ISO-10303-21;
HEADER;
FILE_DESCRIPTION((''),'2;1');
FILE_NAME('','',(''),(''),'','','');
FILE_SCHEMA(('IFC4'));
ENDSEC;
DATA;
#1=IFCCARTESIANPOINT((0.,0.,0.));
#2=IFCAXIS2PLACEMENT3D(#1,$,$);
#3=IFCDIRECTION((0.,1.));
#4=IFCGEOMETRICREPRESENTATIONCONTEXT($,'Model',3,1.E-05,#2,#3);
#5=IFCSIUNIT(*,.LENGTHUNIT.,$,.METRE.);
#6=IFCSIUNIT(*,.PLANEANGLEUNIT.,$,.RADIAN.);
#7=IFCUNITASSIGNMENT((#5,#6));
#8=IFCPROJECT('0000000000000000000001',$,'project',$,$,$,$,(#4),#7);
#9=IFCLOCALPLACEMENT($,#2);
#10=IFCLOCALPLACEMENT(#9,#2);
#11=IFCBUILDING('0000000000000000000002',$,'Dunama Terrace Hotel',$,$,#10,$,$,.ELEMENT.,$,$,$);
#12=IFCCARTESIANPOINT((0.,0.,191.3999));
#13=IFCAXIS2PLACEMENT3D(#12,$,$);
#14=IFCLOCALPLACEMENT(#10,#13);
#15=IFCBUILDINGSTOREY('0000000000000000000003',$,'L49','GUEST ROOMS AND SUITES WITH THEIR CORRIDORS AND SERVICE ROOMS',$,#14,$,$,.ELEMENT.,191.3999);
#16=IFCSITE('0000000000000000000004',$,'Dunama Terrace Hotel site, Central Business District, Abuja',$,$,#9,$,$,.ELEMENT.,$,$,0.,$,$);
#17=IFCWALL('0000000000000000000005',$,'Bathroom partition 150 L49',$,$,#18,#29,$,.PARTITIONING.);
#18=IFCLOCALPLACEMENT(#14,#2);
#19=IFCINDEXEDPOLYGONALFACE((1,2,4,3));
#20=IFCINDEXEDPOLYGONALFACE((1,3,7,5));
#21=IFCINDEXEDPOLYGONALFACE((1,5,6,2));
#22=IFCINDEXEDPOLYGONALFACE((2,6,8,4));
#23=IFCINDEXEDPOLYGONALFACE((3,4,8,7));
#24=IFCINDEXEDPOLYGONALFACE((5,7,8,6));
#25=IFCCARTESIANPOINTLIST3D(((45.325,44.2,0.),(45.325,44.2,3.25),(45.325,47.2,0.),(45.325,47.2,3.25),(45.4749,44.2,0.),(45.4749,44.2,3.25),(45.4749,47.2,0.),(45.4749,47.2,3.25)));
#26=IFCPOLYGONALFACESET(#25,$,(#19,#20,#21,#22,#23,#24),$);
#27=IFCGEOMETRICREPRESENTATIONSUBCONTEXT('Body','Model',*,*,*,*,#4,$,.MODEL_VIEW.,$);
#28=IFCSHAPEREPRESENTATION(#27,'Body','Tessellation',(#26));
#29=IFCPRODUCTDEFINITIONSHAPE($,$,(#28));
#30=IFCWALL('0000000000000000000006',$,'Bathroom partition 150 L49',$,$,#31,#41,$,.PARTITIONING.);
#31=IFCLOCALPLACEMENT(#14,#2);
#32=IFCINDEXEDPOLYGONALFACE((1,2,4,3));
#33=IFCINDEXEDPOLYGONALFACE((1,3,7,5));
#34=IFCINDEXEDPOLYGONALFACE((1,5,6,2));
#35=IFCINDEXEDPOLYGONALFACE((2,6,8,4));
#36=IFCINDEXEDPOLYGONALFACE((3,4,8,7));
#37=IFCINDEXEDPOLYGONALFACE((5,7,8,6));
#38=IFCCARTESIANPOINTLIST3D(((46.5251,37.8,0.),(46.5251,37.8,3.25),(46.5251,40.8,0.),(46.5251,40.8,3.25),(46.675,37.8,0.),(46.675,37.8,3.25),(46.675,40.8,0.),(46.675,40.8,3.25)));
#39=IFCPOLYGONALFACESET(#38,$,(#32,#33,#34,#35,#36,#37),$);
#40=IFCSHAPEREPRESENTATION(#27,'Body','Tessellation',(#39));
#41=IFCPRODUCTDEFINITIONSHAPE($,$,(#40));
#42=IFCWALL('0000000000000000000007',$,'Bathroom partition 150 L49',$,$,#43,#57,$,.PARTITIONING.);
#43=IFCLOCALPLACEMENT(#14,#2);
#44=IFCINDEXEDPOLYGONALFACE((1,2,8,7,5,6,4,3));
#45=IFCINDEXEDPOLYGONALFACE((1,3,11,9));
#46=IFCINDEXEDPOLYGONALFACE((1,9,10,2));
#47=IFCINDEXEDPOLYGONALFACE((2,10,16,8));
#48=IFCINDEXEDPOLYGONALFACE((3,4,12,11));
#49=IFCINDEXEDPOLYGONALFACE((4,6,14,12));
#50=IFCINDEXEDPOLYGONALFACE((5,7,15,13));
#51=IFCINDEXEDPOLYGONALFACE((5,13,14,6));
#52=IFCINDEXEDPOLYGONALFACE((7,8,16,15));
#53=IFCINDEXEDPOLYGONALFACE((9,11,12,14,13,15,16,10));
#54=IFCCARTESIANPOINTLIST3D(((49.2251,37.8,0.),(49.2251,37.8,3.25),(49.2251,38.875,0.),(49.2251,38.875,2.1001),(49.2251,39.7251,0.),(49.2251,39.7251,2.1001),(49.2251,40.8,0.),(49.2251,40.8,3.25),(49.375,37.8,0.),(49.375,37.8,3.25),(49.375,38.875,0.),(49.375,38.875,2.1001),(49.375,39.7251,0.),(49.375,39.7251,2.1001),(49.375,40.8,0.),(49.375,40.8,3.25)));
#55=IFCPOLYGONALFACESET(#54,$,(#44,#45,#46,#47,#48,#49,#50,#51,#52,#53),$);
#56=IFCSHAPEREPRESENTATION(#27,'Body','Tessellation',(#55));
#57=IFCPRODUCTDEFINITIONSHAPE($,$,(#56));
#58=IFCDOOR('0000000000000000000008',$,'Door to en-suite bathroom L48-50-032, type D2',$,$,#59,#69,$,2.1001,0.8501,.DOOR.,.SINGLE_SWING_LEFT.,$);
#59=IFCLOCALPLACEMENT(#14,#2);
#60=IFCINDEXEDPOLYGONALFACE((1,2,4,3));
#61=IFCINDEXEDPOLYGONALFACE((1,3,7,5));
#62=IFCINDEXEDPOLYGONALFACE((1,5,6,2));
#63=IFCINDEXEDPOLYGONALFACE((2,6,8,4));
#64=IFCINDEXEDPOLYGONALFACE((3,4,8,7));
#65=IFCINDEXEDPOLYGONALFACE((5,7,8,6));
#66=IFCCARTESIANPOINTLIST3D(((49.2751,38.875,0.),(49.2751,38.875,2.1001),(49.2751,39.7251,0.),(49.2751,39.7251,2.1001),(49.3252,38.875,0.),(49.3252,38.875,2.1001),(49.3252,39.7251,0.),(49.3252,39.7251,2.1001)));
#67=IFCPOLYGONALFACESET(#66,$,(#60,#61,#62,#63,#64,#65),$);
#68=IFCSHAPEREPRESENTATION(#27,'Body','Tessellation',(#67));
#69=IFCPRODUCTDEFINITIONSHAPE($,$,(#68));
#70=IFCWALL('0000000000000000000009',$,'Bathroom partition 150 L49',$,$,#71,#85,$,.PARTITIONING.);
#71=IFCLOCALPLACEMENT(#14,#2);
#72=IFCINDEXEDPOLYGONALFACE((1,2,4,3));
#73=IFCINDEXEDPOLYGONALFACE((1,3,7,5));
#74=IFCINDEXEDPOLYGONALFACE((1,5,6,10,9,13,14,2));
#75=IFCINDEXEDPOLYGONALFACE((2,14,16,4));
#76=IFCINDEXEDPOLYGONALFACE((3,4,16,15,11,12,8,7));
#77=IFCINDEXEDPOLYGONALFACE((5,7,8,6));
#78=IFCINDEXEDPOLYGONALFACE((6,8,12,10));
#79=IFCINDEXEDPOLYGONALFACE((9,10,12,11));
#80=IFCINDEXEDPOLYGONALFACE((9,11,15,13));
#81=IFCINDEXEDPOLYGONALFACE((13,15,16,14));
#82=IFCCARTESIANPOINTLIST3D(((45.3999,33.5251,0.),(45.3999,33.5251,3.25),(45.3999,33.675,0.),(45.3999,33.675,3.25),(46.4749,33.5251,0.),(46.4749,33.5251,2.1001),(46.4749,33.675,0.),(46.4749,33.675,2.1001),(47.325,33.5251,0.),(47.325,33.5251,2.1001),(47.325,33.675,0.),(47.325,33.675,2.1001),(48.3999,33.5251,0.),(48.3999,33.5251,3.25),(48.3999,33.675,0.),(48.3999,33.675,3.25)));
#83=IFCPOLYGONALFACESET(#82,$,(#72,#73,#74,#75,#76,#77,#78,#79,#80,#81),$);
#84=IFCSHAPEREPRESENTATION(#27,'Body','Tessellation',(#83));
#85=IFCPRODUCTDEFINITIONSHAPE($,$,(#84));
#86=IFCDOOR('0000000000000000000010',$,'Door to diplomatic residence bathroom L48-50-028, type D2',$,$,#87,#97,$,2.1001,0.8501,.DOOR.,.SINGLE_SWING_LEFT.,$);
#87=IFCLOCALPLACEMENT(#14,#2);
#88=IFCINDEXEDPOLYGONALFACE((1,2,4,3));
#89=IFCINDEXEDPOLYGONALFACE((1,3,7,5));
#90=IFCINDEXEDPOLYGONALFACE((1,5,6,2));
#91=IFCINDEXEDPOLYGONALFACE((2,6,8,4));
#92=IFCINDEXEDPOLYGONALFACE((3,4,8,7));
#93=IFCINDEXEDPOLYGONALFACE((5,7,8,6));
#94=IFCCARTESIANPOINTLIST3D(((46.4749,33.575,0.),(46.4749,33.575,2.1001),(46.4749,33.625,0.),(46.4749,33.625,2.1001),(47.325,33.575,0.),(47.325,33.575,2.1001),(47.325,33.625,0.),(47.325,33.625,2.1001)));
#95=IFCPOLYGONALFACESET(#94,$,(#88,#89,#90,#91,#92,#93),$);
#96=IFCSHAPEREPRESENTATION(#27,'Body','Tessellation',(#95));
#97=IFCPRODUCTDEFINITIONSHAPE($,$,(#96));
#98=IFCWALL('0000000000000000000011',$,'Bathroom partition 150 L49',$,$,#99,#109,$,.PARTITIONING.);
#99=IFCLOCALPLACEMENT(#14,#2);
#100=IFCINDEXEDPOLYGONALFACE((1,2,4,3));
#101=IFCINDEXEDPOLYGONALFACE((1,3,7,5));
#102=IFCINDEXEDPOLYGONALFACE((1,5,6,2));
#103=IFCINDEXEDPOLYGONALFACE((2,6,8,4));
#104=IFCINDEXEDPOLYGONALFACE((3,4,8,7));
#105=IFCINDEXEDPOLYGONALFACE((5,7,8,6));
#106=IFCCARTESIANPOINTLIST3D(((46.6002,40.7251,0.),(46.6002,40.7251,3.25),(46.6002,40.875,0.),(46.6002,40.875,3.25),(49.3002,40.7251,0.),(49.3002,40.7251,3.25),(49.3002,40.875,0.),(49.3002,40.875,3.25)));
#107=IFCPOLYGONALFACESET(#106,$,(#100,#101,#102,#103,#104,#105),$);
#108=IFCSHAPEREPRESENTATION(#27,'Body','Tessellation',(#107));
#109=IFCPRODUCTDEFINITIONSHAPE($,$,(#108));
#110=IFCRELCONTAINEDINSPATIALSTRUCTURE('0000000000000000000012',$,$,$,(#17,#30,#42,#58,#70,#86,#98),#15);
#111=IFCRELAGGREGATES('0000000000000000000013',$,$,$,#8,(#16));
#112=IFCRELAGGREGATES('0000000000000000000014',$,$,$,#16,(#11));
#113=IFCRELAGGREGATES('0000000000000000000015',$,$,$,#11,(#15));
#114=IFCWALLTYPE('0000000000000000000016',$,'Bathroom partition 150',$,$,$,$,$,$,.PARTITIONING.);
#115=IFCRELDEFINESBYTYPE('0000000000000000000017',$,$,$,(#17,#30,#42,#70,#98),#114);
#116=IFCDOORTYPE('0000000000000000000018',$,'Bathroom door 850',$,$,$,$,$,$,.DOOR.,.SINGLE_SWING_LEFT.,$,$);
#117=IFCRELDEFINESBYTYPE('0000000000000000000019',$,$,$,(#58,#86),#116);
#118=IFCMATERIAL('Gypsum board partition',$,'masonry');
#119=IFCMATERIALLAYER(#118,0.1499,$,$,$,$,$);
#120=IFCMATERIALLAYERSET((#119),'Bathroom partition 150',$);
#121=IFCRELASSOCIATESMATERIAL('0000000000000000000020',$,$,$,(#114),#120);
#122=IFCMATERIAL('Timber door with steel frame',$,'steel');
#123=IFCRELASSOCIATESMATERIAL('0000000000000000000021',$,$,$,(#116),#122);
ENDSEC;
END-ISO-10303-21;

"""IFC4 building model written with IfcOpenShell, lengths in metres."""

from ifc_helpers import new_model, si_unit, direction, frame, frame_2d, origin, place, context, subcontext, project, spatial, rectangle, extrude, material, layer, layer_set, type_object, element, fill, save


model = new_model("IFC4")

# Units and contexts
model_context = context("Model", 3, precision=1e-05, world=origin(), true_north=direction((0.0, 1.0)))
body_context = subcontext(model_context, "Body", "Model", "MODEL_VIEW")
ifc_project = project(units=[si_unit("LENGTHUNIT", "METRE"), si_unit("PLANEANGLEUNIT", "RADIAN")], contexts=[model_context])

# Site, building, storey
site_placement = place(None, origin())
site = spatial("IfcSite", under=ifc_project, at=site_placement, Name="Dunama Terrace Hotel site, Central Business District, Abuja", CompositionType="ELEMENT", RefElevation=0.0)
building_placement = place(site_placement, origin())
building = spatial("IfcBuilding", under=site, at=building_placement, Name="Dunama Terrace Hotel", CompositionType="ELEMENT")
storey_placement = place(building_placement, frame((0.0, 0.0, 191.3999)))
storey = spatial("IfcBuildingStorey", under=building, at=storey_placement, Name="L49", Description="GUEST ROOMS AND SUITES WITH THEIR CORRIDORS AND SERVICE ROOMS", CompositionType="ELEMENT", Elevation=191.3999)

# Walls
ifc_material_1 = material(Name="Gypsum board partition", Category="masonry")
ifc_layer_1 = layer(ifc_material_1, 0.1499)
ifc_layer_set_1 = layer_set([ifc_layer_1], Name="Bathroom partition 150")
wall_type_1 = type_object("IfcWallType", Name="Bathroom partition 150", PredefinedType="PARTITIONING", material=ifc_layer_set_1)
for number, where, z_axis, x_axis, name in (
    (1, (45.3999, 44.2, 0.0), (0.0, 0.0, 1.0), (0.0, 1.0, 0.0), "Bathroom partition 150 L49"),
    (2, (46.6001, 37.8, 0.0), (0.0, 0.0, 1.0), (0.0, 1.0, 0.0), "Bathroom partition 150 L49"),
):
    element("IfcWall", number, at=place(storey_placement, frame(where, z_axis=z_axis, x_axis=x_axis)), inside=storey, type_object=wall_type_1, Name=name, PredefinedType="PARTITIONING", context=body_context, shape_type="SweptSolid", body=[
        extrude(rectangle(XDim=3.0, YDim=0.1499, at=frame_2d((1.5, 0.0))), origin(), (0.0, 0.0, 1.0), 3.25),
    ])

# Walls, openings, doors
wall_1_placement = place(storey_placement, frame((49.3, 37.8, 0.0), z_axis=(0.0, 0.0, 1.0), x_axis=(0.0, 1.0, 0.0)))
wall_1 = element("IfcWall", 3, at=wall_1_placement, inside=storey, type_object=wall_type_1, Name="Bathroom partition 150 L49", PredefinedType="PARTITIONING", context=body_context, shape_type="SweptSolid", body=[
    extrude(rectangle(XDim=3.0, YDim=0.1499, at=frame_2d((1.5, 0.0))), origin(), (0.0, 0.0, 1.0), 3.25),
])
opening_1_placement = place(wall_1_placement, frame((1.075, 0.0, 0.0)))
opening_1 = element("IfcOpeningElement", 4, at=opening_1_placement, cuts=wall_1, PredefinedType="OPENING", context=body_context, shape_type="SweptSolid", body=[
    extrude(rectangle(XDim=0.8501, YDim=2.1001, at=frame_2d((0.425, 1.05))), frame((0.0, 0.085, 0.0), z_axis=(0.0, -1.0, 0.0), x_axis=(1.0, 0.0, 0.0)), (0.0, 0.0, 1.0), 0.1699),
])
ifc_material_2 = material(Name="Timber door with steel frame", Category="steel")
door_type_1 = type_object("IfcDoorType", Name="Bathroom door 850", OperationType="SINGLE_SWING_LEFT", PredefinedType="DOOR", material=ifc_material_2)
door_1_placement = place(opening_1_placement, origin())
door_1 = element("IfcDoor", 5, at=door_1_placement, inside=storey, type_object=door_type_1, Name="Door to en-suite bathroom L48-50-032, type D2", OperationType="SINGLE_SWING_LEFT", OverallHeight=2.1001, OverallWidth=0.8501, PredefinedType="DOOR", context=body_context, shape_type="SweptSolid", body=[
    extrude(rectangle(XDim=0.8501, YDim=2.1001, at=frame_2d((0.425, 1.05))), frame((0.0, 0.0249, 0.0), z_axis=(0.0, -1.0, 0.0), x_axis=(1.0, 0.0, 0.0)), (0.0, 0.0, 1.0), 0.05),
])
fill(opening_1, door_1)
wall_2_placement = place(storey_placement, frame((45.3999, 33.6001, 0.0), z_axis=(0.0, 0.0, 1.0), x_axis=(1.0, 0.0, 0.0)))
wall_2 = element("IfcWall", 6, at=wall_2_placement, inside=storey, type_object=wall_type_1, Name="Bathroom partition 150 L49", PredefinedType="PARTITIONING", context=body_context, shape_type="SweptSolid", body=[
    extrude(rectangle(XDim=3.0, YDim=0.1499, at=frame_2d((1.5, 0.0))), origin(), (0.0, 0.0, 1.0), 3.25),
])
opening_2_placement = place(wall_2_placement, frame((1.075, 0.0, 0.0)))
opening_2 = element("IfcOpeningElement", 7, at=opening_2_placement, cuts=wall_2, PredefinedType="OPENING", context=body_context, shape_type="SweptSolid", body=[
    extrude(rectangle(XDim=0.8501, YDim=2.1001, at=frame_2d((0.425, 1.05))), frame((0.0, 0.085, 0.0), z_axis=(0.0, -1.0, 0.0), x_axis=(1.0, 0.0, 0.0)), (0.0, 0.0, 1.0), 0.1699),
])
door_2_placement = place(opening_2_placement, origin())
door_2 = element("IfcDoor", 8, at=door_2_placement, inside=storey, type_object=door_type_1, Name="Door to diplomatic residence bathroom L48-50-028, type D2", OperationType="SINGLE_SWING_LEFT", OverallHeight=2.1001, OverallWidth=0.8501, PredefinedType="DOOR", context=body_context, shape_type="SweptSolid", body=[
    extrude(rectangle(XDim=0.8501, YDim=2.1001, at=frame_2d((0.425, 1.05))), frame((0.0, 0.0249, 0.0), z_axis=(0.0, -1.0, 0.0), x_axis=(1.0, 0.0, 0.0)), (0.0, 0.0, 1.0), 0.05),
])
fill(opening_2, door_2)

# Wall
wall_3_placement = place(storey_placement, frame((46.6001, 40.8, 0.0), z_axis=(0.0, 0.0, 1.0), x_axis=(1.0, 0.0, 0.0)))
element("IfcWall", 9, at=wall_3_placement, inside=storey, type_object=wall_type_1, Name="Bathroom partition 150 L49", PredefinedType="PARTITIONING", context=body_context, shape_type="SweptSolid", body=[
    extrude(rectangle(XDim=2.7, YDim=0.1499, at=frame_2d((1.3501, 0.0))), origin(), (0.0, 0.0, 1.0), 3.25),
])

save(model, "model.ifc")
